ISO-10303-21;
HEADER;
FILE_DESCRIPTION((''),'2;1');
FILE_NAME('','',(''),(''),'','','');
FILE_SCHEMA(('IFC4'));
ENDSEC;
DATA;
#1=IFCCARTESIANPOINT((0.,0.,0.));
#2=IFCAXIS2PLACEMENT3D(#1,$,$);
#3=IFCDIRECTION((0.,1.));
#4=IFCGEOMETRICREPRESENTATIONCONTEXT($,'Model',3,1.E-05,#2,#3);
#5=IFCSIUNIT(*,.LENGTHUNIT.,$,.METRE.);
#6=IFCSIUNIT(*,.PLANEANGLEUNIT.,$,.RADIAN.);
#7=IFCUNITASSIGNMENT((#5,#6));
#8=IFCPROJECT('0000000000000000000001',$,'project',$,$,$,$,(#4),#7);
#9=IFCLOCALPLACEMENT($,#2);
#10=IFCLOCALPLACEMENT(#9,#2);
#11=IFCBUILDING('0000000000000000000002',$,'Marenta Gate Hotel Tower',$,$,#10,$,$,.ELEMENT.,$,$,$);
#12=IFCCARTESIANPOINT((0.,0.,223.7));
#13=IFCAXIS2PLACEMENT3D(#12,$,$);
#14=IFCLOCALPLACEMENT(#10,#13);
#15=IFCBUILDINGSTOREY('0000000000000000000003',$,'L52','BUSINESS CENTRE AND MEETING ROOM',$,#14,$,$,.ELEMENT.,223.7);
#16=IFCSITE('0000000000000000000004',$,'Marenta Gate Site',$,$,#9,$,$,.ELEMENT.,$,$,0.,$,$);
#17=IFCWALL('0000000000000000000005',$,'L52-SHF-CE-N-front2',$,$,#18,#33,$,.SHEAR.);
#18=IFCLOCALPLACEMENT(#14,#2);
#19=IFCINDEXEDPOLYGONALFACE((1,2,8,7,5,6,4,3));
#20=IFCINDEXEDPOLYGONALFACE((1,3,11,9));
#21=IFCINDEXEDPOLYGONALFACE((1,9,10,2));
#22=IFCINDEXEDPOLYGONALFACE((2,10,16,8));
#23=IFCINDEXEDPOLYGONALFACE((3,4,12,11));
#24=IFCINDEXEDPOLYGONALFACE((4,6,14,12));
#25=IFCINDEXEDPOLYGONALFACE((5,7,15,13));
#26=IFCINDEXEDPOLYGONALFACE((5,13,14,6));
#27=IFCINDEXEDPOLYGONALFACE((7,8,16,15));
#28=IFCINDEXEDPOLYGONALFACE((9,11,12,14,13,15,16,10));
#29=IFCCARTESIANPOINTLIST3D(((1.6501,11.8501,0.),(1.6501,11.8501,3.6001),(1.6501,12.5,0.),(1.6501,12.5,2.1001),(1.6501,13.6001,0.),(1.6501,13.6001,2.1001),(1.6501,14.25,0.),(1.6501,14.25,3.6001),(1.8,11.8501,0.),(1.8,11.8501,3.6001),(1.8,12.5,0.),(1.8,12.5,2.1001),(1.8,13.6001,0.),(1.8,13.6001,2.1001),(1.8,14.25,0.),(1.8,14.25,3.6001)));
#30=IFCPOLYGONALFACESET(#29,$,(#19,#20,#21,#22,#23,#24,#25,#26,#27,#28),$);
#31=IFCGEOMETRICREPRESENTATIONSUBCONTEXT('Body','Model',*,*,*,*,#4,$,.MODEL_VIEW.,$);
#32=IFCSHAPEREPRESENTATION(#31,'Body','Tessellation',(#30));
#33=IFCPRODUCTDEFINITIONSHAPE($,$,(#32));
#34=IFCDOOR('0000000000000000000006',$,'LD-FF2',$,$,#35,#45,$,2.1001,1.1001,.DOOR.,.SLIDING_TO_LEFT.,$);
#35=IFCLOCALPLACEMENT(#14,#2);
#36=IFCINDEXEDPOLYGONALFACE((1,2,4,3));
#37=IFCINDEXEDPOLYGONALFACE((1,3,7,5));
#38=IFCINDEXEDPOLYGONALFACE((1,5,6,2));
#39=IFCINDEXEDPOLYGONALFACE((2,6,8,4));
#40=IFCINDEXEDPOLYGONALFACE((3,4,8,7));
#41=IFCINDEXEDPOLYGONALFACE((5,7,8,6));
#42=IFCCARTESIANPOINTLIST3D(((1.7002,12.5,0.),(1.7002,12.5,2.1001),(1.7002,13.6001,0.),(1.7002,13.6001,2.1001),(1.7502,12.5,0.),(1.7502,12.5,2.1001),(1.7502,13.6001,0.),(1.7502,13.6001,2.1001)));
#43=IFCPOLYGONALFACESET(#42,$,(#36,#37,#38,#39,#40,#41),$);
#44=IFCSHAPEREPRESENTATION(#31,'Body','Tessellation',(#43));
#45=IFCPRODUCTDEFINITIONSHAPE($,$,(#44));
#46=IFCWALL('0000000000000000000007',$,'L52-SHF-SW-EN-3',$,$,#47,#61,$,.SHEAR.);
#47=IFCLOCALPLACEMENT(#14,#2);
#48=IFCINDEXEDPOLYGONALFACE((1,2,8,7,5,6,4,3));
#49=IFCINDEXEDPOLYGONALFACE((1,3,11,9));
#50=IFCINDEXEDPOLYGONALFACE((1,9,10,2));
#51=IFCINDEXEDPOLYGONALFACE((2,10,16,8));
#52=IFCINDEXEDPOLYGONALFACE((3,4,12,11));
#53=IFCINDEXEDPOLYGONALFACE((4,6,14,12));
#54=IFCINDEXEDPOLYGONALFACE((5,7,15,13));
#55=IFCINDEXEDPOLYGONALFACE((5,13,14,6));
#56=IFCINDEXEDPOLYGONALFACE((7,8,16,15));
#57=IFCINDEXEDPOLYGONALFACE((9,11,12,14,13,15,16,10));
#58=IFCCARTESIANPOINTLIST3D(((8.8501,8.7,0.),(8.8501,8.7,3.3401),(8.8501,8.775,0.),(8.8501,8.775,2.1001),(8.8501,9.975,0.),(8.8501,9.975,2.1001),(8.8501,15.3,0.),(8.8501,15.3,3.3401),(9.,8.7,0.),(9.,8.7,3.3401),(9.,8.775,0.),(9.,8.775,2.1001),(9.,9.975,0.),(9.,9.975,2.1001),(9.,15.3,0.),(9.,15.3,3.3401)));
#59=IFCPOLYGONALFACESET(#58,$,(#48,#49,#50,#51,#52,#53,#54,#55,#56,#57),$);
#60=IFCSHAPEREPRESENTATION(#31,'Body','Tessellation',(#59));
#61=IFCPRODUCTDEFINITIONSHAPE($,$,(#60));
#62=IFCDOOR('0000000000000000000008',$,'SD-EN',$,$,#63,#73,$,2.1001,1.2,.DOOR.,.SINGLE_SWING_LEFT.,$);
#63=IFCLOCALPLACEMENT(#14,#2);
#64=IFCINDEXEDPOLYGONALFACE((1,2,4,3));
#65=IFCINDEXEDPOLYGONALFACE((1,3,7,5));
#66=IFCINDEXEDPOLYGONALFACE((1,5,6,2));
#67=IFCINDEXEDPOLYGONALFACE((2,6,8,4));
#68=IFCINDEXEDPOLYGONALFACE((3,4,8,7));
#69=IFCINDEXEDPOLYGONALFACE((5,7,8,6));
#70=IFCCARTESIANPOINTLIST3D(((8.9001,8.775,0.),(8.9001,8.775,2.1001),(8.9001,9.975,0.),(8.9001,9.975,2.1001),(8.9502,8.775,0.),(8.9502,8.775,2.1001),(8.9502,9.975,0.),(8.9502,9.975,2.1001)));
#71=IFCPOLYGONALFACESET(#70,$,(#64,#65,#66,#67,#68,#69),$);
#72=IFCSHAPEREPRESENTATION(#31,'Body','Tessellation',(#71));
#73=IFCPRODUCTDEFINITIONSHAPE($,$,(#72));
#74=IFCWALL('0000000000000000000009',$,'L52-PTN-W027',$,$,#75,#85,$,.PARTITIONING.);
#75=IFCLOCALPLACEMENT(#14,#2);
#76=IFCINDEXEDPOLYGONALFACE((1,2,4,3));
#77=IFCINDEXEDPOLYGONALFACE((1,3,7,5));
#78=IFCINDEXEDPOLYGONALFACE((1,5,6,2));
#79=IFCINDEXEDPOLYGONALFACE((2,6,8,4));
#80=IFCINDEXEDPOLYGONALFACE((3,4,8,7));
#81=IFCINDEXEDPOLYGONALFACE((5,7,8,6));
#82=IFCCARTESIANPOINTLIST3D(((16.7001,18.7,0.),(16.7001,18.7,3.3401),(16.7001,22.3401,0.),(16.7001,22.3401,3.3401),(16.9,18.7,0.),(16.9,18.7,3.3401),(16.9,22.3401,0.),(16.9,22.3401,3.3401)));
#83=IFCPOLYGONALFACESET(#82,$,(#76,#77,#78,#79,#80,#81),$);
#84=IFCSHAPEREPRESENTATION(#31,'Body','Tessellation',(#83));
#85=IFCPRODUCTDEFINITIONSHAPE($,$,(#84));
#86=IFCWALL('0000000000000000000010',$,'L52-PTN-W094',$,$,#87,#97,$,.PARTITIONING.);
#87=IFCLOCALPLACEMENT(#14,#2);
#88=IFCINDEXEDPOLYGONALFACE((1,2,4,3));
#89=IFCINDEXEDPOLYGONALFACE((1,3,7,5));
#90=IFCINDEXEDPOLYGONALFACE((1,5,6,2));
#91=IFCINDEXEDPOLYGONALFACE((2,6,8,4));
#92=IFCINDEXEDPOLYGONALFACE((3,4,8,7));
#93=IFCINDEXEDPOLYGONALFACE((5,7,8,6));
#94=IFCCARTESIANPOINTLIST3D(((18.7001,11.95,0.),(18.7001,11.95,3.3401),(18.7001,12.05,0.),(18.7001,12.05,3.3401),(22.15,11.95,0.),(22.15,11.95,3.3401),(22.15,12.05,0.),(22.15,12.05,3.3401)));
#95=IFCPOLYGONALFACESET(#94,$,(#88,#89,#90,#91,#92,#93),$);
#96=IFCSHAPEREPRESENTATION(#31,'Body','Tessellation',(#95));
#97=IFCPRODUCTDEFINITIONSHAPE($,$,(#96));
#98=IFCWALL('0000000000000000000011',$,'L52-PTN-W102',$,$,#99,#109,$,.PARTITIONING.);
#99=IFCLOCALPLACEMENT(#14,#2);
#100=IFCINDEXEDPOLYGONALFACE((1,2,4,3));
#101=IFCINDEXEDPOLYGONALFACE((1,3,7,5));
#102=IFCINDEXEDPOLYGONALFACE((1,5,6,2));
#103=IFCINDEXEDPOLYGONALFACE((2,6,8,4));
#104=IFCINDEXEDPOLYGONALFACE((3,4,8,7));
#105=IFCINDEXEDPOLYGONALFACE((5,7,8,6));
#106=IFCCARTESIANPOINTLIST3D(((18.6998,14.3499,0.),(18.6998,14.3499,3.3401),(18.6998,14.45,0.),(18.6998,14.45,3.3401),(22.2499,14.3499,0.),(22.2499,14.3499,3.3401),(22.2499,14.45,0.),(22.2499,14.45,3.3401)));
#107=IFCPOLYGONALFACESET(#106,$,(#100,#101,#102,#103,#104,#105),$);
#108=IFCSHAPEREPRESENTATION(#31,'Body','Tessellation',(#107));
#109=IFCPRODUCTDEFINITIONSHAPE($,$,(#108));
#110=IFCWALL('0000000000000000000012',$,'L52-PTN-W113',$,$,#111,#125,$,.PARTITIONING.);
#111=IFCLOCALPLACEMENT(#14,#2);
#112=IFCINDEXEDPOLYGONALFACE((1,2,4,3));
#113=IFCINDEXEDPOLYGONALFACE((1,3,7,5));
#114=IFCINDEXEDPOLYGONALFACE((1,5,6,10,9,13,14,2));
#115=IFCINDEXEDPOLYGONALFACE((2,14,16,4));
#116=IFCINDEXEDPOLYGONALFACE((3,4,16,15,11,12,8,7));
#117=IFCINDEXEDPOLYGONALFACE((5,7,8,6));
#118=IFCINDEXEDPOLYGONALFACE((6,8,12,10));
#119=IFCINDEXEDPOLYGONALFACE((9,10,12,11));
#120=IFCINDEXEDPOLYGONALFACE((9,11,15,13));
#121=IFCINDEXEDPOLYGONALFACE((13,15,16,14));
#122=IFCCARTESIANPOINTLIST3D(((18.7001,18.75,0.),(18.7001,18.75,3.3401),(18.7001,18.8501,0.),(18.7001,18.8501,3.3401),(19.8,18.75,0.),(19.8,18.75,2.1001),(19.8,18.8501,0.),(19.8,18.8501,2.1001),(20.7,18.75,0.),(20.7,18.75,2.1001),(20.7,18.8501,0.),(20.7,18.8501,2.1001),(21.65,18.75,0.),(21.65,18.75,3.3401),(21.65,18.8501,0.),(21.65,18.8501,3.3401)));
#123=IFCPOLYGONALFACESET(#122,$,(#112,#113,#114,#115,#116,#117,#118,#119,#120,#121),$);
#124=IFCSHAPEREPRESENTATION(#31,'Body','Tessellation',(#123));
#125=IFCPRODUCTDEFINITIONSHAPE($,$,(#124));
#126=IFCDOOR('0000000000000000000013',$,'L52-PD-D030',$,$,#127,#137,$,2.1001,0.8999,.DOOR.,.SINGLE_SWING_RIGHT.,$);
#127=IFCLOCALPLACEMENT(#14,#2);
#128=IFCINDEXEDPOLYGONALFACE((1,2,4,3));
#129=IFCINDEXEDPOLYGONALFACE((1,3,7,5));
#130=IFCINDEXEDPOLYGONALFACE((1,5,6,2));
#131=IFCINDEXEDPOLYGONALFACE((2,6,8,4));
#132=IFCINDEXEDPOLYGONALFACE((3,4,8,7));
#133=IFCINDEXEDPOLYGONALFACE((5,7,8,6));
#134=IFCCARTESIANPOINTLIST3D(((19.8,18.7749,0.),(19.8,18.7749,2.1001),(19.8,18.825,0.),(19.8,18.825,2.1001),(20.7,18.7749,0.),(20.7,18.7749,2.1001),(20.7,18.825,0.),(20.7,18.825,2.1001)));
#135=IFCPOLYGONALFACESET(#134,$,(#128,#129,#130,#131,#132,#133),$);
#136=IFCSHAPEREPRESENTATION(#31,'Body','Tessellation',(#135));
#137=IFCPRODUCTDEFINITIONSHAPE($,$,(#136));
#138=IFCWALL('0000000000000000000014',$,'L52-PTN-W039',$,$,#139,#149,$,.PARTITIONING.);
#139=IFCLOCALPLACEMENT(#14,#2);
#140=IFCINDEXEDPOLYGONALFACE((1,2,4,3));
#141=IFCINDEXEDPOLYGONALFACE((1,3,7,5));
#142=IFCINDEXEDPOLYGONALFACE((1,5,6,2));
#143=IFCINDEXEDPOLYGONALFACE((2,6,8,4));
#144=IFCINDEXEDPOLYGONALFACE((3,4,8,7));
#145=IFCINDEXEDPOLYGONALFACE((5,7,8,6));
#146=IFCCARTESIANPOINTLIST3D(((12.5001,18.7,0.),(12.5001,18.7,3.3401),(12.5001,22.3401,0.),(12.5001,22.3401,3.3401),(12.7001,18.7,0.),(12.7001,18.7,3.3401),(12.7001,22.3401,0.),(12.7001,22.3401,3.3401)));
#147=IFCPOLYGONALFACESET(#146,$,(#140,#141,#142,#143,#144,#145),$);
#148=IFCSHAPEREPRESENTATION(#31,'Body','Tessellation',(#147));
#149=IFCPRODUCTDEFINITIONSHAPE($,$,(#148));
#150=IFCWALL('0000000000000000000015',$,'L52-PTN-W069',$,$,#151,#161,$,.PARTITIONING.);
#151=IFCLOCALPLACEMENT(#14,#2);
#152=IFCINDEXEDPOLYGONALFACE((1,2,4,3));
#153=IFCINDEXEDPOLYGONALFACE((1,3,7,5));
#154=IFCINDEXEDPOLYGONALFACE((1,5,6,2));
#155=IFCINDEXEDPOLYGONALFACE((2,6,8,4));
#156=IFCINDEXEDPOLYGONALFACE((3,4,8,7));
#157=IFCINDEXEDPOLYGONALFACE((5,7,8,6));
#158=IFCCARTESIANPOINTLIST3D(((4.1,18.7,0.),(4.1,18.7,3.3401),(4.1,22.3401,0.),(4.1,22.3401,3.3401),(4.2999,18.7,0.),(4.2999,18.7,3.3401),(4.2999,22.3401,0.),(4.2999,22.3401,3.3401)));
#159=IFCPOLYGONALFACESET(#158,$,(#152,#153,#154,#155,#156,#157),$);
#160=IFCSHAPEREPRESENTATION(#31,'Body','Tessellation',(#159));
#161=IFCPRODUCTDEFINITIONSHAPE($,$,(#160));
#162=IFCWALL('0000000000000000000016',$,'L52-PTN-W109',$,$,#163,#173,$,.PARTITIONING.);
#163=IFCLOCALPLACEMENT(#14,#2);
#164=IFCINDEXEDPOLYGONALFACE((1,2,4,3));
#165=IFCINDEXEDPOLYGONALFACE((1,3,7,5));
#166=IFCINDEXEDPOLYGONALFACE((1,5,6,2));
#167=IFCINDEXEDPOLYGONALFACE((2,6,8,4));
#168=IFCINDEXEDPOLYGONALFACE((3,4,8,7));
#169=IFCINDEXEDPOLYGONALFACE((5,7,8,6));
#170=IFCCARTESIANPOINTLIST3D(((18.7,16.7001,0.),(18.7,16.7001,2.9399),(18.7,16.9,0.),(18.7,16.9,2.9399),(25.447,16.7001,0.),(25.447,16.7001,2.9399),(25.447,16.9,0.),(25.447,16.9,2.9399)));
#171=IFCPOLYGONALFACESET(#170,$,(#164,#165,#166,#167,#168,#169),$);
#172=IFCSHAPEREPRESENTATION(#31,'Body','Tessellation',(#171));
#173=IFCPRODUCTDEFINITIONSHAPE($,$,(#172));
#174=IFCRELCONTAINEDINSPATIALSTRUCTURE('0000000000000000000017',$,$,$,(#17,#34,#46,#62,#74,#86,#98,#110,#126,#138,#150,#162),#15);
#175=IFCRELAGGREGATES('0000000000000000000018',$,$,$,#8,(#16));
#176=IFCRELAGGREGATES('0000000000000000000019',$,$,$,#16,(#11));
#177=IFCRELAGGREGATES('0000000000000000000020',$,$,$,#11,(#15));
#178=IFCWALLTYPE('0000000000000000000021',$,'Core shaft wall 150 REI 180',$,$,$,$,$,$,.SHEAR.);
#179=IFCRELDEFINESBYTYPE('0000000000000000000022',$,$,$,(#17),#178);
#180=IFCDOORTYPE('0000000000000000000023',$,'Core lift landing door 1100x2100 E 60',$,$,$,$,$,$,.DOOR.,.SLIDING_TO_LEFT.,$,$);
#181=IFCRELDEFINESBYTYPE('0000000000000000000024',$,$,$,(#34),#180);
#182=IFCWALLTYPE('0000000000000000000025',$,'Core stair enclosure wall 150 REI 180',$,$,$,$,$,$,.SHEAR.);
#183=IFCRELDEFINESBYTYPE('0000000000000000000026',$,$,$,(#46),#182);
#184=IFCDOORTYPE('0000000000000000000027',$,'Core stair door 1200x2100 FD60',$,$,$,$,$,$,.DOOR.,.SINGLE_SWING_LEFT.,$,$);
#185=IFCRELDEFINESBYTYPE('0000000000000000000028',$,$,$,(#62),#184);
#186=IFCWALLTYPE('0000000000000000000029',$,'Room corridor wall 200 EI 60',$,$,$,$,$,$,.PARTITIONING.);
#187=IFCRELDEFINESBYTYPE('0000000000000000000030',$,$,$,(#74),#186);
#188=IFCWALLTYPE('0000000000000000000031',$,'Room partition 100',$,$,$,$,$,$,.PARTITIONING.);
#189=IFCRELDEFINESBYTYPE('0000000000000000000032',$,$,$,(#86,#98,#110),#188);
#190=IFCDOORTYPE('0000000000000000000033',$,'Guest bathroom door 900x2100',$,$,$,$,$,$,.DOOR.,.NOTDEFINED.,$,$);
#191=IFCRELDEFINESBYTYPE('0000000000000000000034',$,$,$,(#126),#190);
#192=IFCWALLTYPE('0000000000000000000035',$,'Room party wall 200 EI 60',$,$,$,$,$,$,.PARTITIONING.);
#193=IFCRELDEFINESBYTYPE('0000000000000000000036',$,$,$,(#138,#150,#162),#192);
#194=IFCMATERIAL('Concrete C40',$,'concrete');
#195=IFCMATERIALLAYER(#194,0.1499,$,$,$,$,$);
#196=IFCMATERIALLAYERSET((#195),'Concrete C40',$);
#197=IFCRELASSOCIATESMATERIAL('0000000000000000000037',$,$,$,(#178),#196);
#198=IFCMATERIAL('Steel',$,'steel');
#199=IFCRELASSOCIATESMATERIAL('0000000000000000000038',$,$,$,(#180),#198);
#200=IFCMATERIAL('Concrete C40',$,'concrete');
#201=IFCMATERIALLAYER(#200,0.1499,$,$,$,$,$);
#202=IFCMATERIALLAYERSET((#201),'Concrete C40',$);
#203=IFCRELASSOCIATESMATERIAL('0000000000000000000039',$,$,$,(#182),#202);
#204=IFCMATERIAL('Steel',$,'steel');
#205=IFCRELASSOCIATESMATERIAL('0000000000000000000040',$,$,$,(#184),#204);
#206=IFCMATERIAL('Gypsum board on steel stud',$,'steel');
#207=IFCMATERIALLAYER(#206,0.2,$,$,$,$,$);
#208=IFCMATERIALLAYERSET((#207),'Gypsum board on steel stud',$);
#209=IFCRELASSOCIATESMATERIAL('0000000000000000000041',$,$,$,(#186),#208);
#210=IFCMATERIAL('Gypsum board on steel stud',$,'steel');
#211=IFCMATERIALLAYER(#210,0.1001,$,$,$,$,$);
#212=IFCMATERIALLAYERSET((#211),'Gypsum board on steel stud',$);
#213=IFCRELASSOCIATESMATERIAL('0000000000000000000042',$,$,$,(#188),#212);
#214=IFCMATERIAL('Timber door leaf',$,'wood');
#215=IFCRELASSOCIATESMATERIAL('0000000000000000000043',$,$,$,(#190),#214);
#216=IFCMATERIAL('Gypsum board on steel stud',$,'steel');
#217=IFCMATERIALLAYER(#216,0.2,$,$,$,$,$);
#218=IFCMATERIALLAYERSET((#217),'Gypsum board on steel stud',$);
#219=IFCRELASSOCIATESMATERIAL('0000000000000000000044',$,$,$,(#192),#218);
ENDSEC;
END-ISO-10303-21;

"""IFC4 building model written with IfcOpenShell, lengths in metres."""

from ifc_helpers import new_model, si_unit, direction, frame, frame_2d, origin, place, context, subcontext, project, spatial, rectangle, extrude, material, layer, layer_set, type_object, element, fill, save


model = new_model("IFC4")

# Units and contexts
model_context = context("Model", 3, precision=1e-05, world=origin(), true_north=direction((0.0, 1.0)))
body_context = subcontext(model_context, "Body", "Model", "MODEL_VIEW")
ifc_project = project(units=[si_unit("LENGTHUNIT", "METRE"), si_unit("PLANEANGLEUNIT", "RADIAN")], contexts=[model_context])

# Site, building, storey
site_placement = place(None, origin())
site = spatial("IfcSite", under=ifc_project, at=site_placement, Name="Marenta Gate Site", CompositionType="ELEMENT", RefElevation=0.0)
building_placement = place(site_placement, origin())
building = spatial("IfcBuilding", under=site, at=building_placement, Name="Marenta Gate Hotel Tower", CompositionType="ELEMENT")
storey_placement = place(building_placement, frame((0.0, 0.0, 223.7)))
storey = spatial("IfcBuildingStorey", under=building, at=storey_placement, Name="L52", Description="BUSINESS CENTRE AND MEETING ROOM", CompositionType="ELEMENT", Elevation=223.7)

# Shared definitions
ifc_material_1 = material(Name="Concrete C40", Category="concrete")
ifc_layer_1 = layer(ifc_material_1, 0.1499)
ifc_layer_set_1 = layer_set([ifc_layer_1], Name="Concrete C40")
wall_type_1 = type_object("IfcWallType", Name="Core shaft wall 150 REI 180", PredefinedType="SHEAR", material=ifc_layer_set_1)

# Walls, openings, doors
wall_1_placement = place(storey_placement, frame((1.7251, 11.8501, 0.0), z_axis=(0.0, 0.0, 1.0), x_axis=(0.0, 1.0, 0.0)))
wall_1 = element("IfcWall", 1, at=wall_1_placement, inside=storey, type_object=wall_type_1, Name="L52-SHF-CE-N-front2", PredefinedType="SHEAR", context=body_context, shape_type="SweptSolid", body=[
    extrude(rectangle(XDim=2.3999, YDim=0.1499, at=frame_2d((1.2, 0.0))), origin(), (0.0, 0.0, 1.0), 3.6001),
])
opening_1_placement = place(wall_1_placement, frame((0.6499, 0.0, 0.0)))
opening_1 = element("IfcOpeningElement", 2, at=opening_1_placement, cuts=wall_1, PredefinedType="OPENING", context=body_context, shape_type="SweptSolid", body=[
    extrude(rectangle(XDim=1.1001, YDim=2.1001, at=frame_2d((0.55, 1.05))), frame((0.0, 0.075, 0.0), z_axis=(0.0, -1.0, 0.0), x_axis=(1.0, 0.0, 0.0)), (0.0, 0.0, 1.0), 0.1499),
])
ifc_material_2 = material(Name="Steel", Category="steel")
door_type_1 = type_object("IfcDoorType", Name="Core lift landing door 1100x2100 E 60", OperationType="SLIDING_TO_LEFT", PredefinedType="DOOR", material=ifc_material_2)
door_1_placement = place(opening_1_placement, origin())
door_1 = element("IfcDoor", 3, at=door_1_placement, inside=storey, type_object=door_type_1, Name="LD-FF2", OperationType="SLIDING_TO_LEFT", OverallHeight=2.1001, OverallWidth=1.1001, PredefinedType="DOOR", context=body_context, shape_type="SweptSolid", body=[
    extrude(rectangle(XDim=1.1001, YDim=2.1001, at=frame_2d((0.55, 1.05))), frame((0.0, 0.0249, 0.0), z_axis=(0.0, -1.0, 0.0), x_axis=(1.0, 0.0, 0.0)), (0.0, 0.0, 1.0), 0.05),
])
fill(opening_1, door_1)
ifc_material_3 = material(Name="Concrete C40", Category="concrete")
ifc_layer_2 = layer(ifc_material_3, 0.1499)
ifc_layer_set_2 = layer_set([ifc_layer_2], Name="Concrete C40")
wall_type_2 = type_object("IfcWallType", Name="Core stair enclosure wall 150 REI 180", PredefinedType="SHEAR", material=ifc_layer_set_2)
wall_2_placement = place(storey_placement, frame((8.925, 8.7, 0.0), z_axis=(0.0, 0.0, 1.0), x_axis=(0.0, 1.0, 0.0)))
wall_2 = element("IfcWall", 4, at=wall_2_placement, inside=storey, type_object=wall_type_2, Name="L52-SHF-SW-EN-3", PredefinedType="SHEAR", context=body_context, shape_type="SweptSolid", body=[
    extrude(rectangle(XDim=6.6001, YDim=0.1499, at=frame_2d((3.3, 0.0))), origin(), (0.0, 0.0, 1.0), 3.3401),
])
opening_2_placement = place(wall_2_placement, frame((0.075, 0.0, 0.0)))
opening_2 = element("IfcOpeningElement", 5, at=opening_2_placement, cuts=wall_2, PredefinedType="OPENING", context=body_context, shape_type="SweptSolid", body=[
    extrude(rectangle(XDim=1.2, YDim=2.1001, at=frame_2d((0.6001, 1.05))), frame((0.0, 0.075, 0.0), z_axis=(0.0, -1.0, 0.0), x_axis=(1.0, 0.0, 0.0)), (0.0, 0.0, 1.0), 0.1499),
])
ifc_material_4 = material(Name="Steel", Category="steel")
door_type_2 = type_object("IfcDoorType", Name="Core stair door 1200x2100 FD60", OperationType="SINGLE_SWING_LEFT", PredefinedType="DOOR", material=ifc_material_4)
door_2_placement = place(opening_2_placement, origin())
door_2 = element("IfcDoor", 6, at=door_2_placement, inside=storey, type_object=door_type_2, Name="SD-EN", OperationType="SINGLE_SWING_LEFT", OverallHeight=2.1001, OverallWidth=1.2, PredefinedType="DOOR", context=body_context, shape_type="SweptSolid", body=[
    extrude(rectangle(XDim=1.2, YDim=2.1001, at=frame_2d((0.6001, 1.05))), frame((0.0, 0.0249, 0.0), z_axis=(0.0, -1.0, 0.0), x_axis=(1.0, 0.0, 0.0)), (0.0, 0.0, 1.0), 0.05),
])
fill(opening_2, door_2)

# Walls
ifc_material_5 = material(Name="Gypsum board on steel stud", Category="steel")
ifc_layer_3 = layer(ifc_material_5, 0.2)
ifc_layer_set_3 = layer_set([ifc_layer_3], Name="Gypsum board on steel stud")
wall_type_3 = type_object("IfcWallType", Name="Room corridor wall 200 EI 60", PredefinedType="PARTITIONING", material=ifc_layer_set_3)
wall_3_placement = place(storey_placement, frame((16.8, 18.7, 0.0), z_axis=(0.0, 0.0, 1.0), x_axis=(0.0, 1.0, 0.0)))
element("IfcWall", 7, at=wall_3_placement, inside=storey, type_object=wall_type_3, Name="L52-PTN-W027", PredefinedType="PARTITIONING", context=body_context, shape_type="SweptSolid", body=[
    extrude(rectangle(XDim=3.6401, YDim=0.2, at=frame_2d((1.8201, 0.0))), origin(), (0.0, 0.0, 1.0), 3.3401),
])
ifc_material_6 = material(Name="Gypsum board on steel stud", Category="steel")
ifc_layer_4 = layer(ifc_material_6, 0.1001)
ifc_layer_set_4 = layer_set([ifc_layer_4], Name="Gypsum board on steel stud")
wall_type_4 = type_object("IfcWallType", Name="Room partition 100", PredefinedType="PARTITIONING", material=ifc_layer_set_4)
wall_4_placement = place(storey_placement, frame((18.7, 12.0, 0.0), z_axis=(0.0, 0.0, 1.0), x_axis=(1.0, 0.0, 0.0)))
element("IfcWall", 8, at=wall_4_placement, inside=storey, type_object=wall_type_4, Name="L52-PTN-W094", PredefinedType="PARTITIONING", context=body_context, shape_type="SweptSolid", body=[
    extrude(rectangle(XDim=3.45, YDim=0.1001, at=frame_2d((1.7251, 0.0))), origin(), (0.0, 0.0, 1.0), 3.3401),
])
wall_5_placement = place(storey_placement, frame((18.7, 14.3999, 0.0), z_axis=(0.0, 0.0, 1.0), x_axis=(1.0, 0.0, 0.0)))
element("IfcWall", 9, at=wall_5_placement, inside=storey, type_object=wall_type_4, Name="L52-PTN-W102", PredefinedType="PARTITIONING", context=body_context, shape_type="SweptSolid", body=[
    extrude(rectangle(XDim=3.55, YDim=0.1001, at=frame_2d((1.7749, 0.0))), origin(), (0.0, 0.0, 1.0), 3.3401),
])

# Wall, opening, door
wall_6_placement = place(storey_placement, frame((18.7, 18.8, 0.0), z_axis=(0.0, 0.0, 1.0), x_axis=(1.0, 0.0, 0.0)))
wall_6 = element("IfcWall", 10, at=wall_6_placement, inside=storey, type_object=wall_type_4, Name="L52-PTN-W113", PredefinedType="PARTITIONING", context=body_context, shape_type="SweptSolid", body=[
    extrude(rectangle(XDim=2.95, YDim=0.1001, at=frame_2d((1.4751, 0.0))), origin(), (0.0, 0.0, 1.0), 3.3401),
])
opening_3_placement = place(wall_6_placement, frame((1.1001, 0.0, 0.0)))
opening_3 = element("IfcOpeningElement", 11, at=opening_3_placement, cuts=wall_6, PredefinedType="OPENING", context=body_context, shape_type="SweptSolid", body=[
    extrude(rectangle(XDim=0.8999, YDim=2.1001, at=frame_2d((0.45, 1.05))), frame((0.0, 0.05, 0.0), z_axis=(0.0, -1.0, 0.0), x_axis=(1.0, 0.0, 0.0)), (0.0, 0.0, 1.0), 0.1001),
])
ifc_material_7 = material(Name="Timber door leaf", Category="wood")
door_type_3 = type_object("IfcDoorType", Name="Guest bathroom door 900x2100", OperationType="NOTDEFINED", PredefinedType="DOOR", material=ifc_material_7)
door_3_placement = place(opening_3_placement, origin())
door_3 = element("IfcDoor", 12, at=door_3_placement, inside=storey, type_object=door_type_3, Name="L52-PD-D030", OperationType="SINGLE_SWING_RIGHT", OverallHeight=2.1001, OverallWidth=0.8999, PredefinedType="DOOR", context=body_context, shape_type="SweptSolid", body=[
    extrude(rectangle(XDim=0.8999, YDim=2.1001, at=frame_2d((0.45, 1.05))), frame((0.0, 0.0249, 0.0), z_axis=(0.0, -1.0, 0.0), x_axis=(1.0, 0.0, 0.0)), (0.0, 0.0, 1.0), 0.05),
])
fill(opening_3, door_3)

# Walls
ifc_material_8 = material(Name="Gypsum board on steel stud", Category="steel")
ifc_layer_5 = layer(ifc_material_8, 0.2)
ifc_layer_set_5 = layer_set([ifc_layer_5], Name="Gypsum board on steel stud")
wall_type_5 = type_object("IfcWallType", Name="Room party wall 200 EI 60", PredefinedType="PARTITIONING", material=ifc_layer_set_5)
for number, where, z_axis, x_axis, name in (
    (13, (12.6001, 18.7, 0.0), (0.0, 0.0, 1.0), (0.0, 1.0, 0.0), "L52-PTN-W039"),
    (14, (4.2, 18.7, 0.0), (0.0, 0.0, 1.0), (0.0, 1.0, 0.0), "L52-PTN-W069"),
):
    element("IfcWall", number, at=place(storey_placement, frame(where, z_axis=z_axis, x_axis=x_axis)), inside=storey, type_object=wall_type_5, Name=name, PredefinedType="PARTITIONING", context=body_context, shape_type="SweptSolid", body=[
        extrude(rectangle(XDim=3.6401, YDim=0.2, at=frame_2d((1.8201, 0.0))), origin(), (0.0, 0.0, 1.0), 3.3401),
    ])
wall_7_placement = place(storey_placement, frame((18.7, 16.8, 0.0), z_axis=(0.0, 0.0, 1.0), x_axis=(1.0, 0.0, 0.0)))
element("IfcWall", 15, at=wall_7_placement, inside=storey, type_object=wall_type_5, Name="L52-PTN-W109", PredefinedType="PARTITIONING", context=body_context, shape_type="SweptSolid", body=[
    extrude(rectangle(XDim=6.7471, YDim=0.2, at=frame_2d((3.3735, 0.0))), origin(), (0.0, 0.0, 1.0), 2.9399),
])

save(model, "model.ifc")
